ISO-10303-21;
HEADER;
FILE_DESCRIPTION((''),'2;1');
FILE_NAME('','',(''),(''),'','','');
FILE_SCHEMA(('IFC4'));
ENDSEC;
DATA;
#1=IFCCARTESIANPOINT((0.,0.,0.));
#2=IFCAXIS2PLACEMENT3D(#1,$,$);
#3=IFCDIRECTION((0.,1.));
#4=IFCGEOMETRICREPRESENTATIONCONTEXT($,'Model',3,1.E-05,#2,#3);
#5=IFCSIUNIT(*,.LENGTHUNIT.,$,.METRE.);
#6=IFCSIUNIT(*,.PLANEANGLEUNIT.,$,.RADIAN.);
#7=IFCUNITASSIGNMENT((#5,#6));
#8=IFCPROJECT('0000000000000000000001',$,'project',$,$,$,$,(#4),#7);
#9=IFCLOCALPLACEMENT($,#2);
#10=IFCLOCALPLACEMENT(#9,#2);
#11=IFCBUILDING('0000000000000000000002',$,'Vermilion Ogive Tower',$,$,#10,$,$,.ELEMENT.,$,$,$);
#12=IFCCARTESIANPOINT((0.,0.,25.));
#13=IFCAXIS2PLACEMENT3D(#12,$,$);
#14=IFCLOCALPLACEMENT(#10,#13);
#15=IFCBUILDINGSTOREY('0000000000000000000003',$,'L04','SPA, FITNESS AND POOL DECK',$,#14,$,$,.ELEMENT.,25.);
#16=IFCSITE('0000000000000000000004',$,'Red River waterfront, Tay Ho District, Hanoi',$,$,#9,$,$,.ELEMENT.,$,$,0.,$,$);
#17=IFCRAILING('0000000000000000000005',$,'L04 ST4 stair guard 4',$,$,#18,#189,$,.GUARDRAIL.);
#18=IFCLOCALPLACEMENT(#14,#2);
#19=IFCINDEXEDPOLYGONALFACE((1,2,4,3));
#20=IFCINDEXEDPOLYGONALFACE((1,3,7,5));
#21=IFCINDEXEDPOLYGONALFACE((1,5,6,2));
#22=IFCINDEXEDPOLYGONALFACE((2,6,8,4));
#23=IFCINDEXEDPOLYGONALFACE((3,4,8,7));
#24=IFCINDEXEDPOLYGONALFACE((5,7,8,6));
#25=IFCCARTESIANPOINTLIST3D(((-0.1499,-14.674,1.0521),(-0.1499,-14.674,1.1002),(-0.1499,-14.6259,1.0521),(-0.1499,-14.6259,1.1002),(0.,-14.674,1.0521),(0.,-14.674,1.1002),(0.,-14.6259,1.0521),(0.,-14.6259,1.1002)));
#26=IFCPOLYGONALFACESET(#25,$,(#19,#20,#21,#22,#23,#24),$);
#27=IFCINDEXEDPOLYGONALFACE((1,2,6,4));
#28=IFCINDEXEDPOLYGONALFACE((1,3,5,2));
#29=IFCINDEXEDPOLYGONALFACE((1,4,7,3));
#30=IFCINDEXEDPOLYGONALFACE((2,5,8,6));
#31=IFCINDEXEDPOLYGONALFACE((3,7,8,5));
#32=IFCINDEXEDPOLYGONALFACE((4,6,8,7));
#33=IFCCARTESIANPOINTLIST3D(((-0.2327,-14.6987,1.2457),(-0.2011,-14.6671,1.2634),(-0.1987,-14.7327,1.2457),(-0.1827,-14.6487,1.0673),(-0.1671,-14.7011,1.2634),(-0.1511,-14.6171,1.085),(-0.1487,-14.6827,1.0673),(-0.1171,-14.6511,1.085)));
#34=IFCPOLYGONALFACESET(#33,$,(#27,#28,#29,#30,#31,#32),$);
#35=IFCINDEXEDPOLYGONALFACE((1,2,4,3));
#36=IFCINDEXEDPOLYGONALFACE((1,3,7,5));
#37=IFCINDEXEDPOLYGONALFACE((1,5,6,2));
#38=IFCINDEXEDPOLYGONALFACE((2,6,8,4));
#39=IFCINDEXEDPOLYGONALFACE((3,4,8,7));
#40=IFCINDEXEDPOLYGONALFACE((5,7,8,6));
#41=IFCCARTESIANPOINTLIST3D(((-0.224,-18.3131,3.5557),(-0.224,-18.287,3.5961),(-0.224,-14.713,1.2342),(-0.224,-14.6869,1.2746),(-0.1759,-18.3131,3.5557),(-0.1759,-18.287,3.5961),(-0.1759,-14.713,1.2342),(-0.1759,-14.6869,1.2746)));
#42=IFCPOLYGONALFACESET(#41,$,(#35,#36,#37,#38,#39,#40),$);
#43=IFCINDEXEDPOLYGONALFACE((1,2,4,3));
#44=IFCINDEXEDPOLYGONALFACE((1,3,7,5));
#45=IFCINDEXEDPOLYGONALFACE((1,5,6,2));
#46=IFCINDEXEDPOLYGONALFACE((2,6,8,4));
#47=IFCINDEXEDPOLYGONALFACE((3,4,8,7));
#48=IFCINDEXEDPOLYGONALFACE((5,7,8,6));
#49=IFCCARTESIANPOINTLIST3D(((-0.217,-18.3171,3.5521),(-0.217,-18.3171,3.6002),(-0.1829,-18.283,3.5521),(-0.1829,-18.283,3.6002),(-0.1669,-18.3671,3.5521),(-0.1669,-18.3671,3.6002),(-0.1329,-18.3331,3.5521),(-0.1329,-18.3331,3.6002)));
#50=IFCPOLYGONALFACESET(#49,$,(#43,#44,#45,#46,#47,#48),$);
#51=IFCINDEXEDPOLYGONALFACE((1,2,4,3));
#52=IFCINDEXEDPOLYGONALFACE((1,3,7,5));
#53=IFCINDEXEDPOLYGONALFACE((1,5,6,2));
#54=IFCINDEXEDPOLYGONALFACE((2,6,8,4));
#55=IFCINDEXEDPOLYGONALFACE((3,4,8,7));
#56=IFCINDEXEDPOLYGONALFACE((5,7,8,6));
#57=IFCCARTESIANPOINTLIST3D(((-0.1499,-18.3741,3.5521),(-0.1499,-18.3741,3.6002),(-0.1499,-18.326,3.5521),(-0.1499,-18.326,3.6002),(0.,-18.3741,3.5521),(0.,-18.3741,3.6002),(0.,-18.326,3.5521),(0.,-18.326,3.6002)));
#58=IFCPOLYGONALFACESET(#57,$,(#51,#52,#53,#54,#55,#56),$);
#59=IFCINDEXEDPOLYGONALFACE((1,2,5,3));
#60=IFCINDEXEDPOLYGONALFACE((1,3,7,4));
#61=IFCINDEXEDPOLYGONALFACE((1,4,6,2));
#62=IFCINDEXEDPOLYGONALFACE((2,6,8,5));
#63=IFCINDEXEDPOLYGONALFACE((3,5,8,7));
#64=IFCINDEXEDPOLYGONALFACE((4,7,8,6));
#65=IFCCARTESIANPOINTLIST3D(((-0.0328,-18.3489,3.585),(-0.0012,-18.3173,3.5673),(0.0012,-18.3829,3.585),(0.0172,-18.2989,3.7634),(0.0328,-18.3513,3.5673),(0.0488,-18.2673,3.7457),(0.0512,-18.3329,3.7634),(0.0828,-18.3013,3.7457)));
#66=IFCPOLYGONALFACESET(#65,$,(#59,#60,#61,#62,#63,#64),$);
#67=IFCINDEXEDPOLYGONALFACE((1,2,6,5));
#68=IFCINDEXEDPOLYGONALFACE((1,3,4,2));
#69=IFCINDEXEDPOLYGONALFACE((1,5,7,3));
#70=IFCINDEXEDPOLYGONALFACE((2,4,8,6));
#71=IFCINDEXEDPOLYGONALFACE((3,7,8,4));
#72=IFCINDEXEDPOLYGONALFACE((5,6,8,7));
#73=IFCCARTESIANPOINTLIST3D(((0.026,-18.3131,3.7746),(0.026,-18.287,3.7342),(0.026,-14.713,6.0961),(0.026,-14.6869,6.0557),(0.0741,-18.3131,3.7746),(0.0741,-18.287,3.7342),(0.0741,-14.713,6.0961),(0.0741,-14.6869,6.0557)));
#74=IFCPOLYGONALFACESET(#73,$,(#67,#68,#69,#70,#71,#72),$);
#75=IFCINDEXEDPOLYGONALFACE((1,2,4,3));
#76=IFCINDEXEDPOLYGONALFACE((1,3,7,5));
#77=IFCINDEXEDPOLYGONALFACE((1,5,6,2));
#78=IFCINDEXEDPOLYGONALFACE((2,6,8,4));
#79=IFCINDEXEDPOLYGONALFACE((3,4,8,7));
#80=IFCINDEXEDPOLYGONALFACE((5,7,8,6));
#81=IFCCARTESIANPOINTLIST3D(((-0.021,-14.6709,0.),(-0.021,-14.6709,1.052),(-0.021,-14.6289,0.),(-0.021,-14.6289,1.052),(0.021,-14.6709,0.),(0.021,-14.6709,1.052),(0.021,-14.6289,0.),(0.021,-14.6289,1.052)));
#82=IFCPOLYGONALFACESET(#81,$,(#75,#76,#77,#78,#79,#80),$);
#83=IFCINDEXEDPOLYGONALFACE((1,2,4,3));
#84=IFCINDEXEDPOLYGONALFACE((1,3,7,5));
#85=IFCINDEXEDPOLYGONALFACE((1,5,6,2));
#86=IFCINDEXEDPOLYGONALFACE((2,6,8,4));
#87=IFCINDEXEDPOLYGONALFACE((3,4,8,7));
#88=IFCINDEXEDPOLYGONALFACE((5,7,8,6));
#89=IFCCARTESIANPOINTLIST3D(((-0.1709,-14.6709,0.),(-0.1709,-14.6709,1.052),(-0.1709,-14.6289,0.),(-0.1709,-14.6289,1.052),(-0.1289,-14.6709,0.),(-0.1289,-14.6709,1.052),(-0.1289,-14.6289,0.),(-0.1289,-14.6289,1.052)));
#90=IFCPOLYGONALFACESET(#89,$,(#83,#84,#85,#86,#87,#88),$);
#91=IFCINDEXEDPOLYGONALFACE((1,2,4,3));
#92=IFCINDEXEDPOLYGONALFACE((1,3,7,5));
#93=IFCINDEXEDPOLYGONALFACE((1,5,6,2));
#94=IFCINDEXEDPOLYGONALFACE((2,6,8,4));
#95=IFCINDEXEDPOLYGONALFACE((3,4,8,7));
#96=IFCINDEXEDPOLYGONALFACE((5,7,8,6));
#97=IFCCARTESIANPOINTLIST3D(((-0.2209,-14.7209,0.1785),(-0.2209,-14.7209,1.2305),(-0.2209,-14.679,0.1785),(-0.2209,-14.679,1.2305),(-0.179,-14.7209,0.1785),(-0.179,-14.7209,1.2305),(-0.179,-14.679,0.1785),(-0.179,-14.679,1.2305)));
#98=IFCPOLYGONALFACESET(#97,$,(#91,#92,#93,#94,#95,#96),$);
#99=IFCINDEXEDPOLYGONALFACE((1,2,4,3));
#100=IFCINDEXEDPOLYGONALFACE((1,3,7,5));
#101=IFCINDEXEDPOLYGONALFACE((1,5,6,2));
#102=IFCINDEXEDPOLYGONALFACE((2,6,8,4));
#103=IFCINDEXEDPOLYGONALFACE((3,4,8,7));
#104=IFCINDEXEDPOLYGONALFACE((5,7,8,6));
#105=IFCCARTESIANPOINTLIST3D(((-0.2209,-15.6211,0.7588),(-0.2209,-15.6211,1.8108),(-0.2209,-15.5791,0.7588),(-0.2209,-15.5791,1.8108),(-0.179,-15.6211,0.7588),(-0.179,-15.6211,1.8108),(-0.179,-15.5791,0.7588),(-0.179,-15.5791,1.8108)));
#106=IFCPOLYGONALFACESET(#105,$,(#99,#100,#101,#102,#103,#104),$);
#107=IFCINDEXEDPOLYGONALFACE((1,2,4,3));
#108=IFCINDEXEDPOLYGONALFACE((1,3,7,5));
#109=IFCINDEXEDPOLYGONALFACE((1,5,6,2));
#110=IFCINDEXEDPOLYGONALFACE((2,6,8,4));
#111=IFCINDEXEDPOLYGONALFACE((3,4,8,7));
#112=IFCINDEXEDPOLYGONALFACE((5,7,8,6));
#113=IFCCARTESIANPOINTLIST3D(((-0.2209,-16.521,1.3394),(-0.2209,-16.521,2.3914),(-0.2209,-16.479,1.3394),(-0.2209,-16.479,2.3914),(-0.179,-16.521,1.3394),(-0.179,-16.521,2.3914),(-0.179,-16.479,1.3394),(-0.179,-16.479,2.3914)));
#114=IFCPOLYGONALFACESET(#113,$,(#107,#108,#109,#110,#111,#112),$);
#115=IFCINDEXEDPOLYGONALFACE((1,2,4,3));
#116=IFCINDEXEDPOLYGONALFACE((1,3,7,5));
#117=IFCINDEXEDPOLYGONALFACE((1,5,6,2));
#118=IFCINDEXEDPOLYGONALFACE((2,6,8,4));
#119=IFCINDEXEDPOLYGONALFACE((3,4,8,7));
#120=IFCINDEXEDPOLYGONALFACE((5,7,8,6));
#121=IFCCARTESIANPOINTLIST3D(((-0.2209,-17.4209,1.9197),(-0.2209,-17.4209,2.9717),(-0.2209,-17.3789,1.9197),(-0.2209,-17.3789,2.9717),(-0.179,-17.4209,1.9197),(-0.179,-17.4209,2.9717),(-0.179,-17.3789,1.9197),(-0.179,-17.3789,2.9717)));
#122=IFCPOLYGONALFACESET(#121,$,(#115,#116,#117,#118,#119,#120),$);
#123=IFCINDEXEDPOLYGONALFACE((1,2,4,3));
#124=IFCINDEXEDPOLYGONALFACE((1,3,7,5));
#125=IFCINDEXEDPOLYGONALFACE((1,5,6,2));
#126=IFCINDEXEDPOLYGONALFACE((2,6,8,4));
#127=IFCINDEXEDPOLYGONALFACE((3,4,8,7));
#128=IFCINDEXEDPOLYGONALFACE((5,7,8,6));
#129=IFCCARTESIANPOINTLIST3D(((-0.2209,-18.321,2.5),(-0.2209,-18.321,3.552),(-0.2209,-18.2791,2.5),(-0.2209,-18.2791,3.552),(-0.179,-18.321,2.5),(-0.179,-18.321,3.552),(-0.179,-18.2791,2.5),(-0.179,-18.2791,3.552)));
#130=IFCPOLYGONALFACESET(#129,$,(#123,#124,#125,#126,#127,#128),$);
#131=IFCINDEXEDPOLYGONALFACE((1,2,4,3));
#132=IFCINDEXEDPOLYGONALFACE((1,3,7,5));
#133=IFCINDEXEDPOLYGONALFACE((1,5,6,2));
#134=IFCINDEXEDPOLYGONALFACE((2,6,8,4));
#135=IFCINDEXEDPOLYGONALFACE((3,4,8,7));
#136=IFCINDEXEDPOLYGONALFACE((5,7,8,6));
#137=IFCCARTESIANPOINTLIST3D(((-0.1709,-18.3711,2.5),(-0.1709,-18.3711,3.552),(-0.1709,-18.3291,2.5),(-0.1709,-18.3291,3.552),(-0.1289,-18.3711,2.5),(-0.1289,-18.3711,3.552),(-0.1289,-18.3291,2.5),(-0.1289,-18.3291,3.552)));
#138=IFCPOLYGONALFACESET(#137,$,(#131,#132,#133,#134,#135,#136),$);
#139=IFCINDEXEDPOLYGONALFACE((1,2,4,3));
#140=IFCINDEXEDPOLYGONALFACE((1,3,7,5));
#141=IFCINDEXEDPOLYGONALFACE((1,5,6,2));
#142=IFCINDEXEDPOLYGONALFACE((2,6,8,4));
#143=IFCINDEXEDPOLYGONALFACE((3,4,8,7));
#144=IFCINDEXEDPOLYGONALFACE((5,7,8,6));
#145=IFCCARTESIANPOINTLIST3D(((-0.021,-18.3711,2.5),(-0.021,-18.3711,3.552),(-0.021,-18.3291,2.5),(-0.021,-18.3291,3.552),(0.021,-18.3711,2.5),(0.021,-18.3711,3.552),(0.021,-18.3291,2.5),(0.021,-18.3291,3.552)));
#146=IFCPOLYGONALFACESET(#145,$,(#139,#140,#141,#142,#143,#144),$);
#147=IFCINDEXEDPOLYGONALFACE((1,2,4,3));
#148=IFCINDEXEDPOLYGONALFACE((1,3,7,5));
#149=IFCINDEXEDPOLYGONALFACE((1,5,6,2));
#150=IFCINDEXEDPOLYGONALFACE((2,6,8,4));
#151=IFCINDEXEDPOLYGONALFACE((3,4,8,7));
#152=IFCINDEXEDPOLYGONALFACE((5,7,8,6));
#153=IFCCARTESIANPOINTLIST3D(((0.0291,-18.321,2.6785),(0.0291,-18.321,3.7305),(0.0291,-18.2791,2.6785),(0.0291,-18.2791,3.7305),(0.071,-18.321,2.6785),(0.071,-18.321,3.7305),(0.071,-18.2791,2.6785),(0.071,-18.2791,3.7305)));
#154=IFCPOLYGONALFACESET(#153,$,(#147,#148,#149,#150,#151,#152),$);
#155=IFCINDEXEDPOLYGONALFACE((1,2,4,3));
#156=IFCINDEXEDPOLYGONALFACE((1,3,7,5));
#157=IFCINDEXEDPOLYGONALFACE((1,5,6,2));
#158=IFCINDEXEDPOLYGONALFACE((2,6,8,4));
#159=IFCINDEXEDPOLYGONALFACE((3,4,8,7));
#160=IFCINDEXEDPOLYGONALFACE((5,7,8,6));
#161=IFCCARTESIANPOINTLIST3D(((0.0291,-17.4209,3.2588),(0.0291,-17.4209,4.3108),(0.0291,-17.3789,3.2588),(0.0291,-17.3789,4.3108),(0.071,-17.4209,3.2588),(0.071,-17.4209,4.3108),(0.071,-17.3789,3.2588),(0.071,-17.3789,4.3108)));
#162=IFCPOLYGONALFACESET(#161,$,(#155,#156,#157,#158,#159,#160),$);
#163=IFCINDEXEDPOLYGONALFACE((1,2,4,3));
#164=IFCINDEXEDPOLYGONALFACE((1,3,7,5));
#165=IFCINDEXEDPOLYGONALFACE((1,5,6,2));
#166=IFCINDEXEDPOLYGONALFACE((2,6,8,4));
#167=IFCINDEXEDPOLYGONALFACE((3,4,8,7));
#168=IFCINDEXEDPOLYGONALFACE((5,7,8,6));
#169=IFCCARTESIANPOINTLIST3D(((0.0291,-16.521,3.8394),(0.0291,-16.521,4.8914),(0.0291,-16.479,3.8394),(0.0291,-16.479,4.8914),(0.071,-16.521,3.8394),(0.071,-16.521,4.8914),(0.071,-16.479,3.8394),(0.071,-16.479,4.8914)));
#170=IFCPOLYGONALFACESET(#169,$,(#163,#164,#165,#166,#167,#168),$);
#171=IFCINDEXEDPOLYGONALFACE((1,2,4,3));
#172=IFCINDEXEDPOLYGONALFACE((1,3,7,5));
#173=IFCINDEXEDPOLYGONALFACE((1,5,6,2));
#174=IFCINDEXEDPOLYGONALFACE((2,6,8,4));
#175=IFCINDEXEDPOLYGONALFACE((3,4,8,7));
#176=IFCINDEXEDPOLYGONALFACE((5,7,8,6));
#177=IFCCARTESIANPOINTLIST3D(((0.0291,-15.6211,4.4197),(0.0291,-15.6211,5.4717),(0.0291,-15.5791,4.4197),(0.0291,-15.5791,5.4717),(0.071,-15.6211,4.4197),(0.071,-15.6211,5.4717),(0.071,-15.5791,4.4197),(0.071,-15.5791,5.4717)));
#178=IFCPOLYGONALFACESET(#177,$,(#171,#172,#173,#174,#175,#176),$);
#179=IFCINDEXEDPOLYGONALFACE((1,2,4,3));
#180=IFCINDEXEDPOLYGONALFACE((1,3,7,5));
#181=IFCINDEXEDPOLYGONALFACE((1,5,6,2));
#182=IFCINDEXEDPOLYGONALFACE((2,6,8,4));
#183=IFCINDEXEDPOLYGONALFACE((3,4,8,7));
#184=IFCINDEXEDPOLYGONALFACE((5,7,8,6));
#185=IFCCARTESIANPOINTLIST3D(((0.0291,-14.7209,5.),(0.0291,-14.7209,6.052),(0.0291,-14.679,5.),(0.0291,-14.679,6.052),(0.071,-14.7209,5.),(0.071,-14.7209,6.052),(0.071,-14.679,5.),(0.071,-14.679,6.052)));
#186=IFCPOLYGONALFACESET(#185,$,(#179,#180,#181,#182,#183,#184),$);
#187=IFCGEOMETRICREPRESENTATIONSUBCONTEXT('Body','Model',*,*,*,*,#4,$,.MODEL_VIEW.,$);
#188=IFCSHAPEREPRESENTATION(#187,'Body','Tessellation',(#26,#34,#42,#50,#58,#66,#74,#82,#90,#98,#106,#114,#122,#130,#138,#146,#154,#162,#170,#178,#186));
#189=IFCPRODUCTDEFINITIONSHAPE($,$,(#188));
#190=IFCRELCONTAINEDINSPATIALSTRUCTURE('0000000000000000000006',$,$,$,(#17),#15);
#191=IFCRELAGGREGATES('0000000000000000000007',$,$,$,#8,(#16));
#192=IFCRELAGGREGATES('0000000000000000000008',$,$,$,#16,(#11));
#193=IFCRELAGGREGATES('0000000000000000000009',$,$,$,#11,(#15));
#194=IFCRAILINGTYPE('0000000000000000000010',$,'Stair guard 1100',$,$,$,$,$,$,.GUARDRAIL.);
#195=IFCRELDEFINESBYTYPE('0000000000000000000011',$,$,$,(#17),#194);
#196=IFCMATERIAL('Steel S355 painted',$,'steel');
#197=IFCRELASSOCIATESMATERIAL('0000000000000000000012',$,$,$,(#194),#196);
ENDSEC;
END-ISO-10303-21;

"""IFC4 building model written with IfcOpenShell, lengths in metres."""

from ifc_helpers import new_model, si_unit, direction, frame, origin, origin_2d, place, context, subcontext, project, spatial, rectangle, extrude, material, type_object, element, save


model = new_model("IFC4")

# Units and contexts
model_context = context("Model", 3, precision=1e-05, world=origin(), true_north=direction((0.0, 1.0)))
body_context = subcontext(model_context, "Body", "Model", "MODEL_VIEW")
ifc_project = project(units=[si_unit("LENGTHUNIT", "METRE"), si_unit("PLANEANGLEUNIT", "RADIAN")], contexts=[model_context])

# Site, building, storey
site_placement = place(None, origin())
site = spatial("IfcSite", under=ifc_project, at=site_placement, Name="Red River waterfront, Tay Ho District, Hanoi", CompositionType="ELEMENT", RefElevation=0.0)
building_placement = place(site_placement, origin())
building = spatial("IfcBuilding", under=site, at=building_placement, Name="Vermilion Ogive Tower", CompositionType="ELEMENT")
storey_placement = place(building_placement, frame((0.0, 0.0, 25.0)))
storey = spatial("IfcBuildingStorey", under=building, at=storey_placement, Name="L04", Description="SPA, FITNESS AND POOL DECK", CompositionType="ELEMENT", Elevation=25.0)

# Railing
ifc_material_1 = material(Name="Steel S355 painted", Category="steel")
railing_type_1 = type_object("IfcRailingType", Name="Stair guard 1100", PredefinedType="GUARDRAIL", material=ifc_material_1)
railing_1_placement = place(storey_placement, frame((0.0, -14.6499, 0.0)))
element("IfcRailing", 1, at=railing_1_placement, inside=storey, type_object=railing_type_1, Name="L04 ST4 stair guard 4", PredefinedType="GUARDRAIL", context=body_context, shape_type="SweptSolid", body=[
    extrude(rectangle(XDim=0.0481, YDim=0.0481, at=origin_2d()), frame((0.0, 0.0, 1.0762), z_axis=(-1.0, 0.0, 0.0), x_axis=(0.0, -1.0, 0.0)), (0.0, 0.0, 1.0), 0.1499),
    extrude(rectangle(XDim=0.0481, YDim=0.0481, at=origin_2d()), frame((-0.1499, 0.0, 1.0762), z_axis=(-0.260685, -0.260685, 0.929563), x_axis=(0.707107, -0.707107, 0.0)), (0.0, 0.0, 1.0), 0.1919),
    extrude(rectangle(XDim=0.0481, YDim=0.0481, at=origin_2d()), frame((-0.2, -0.05, 1.2544), z_axis=(0.0, -0.840415, 0.541944), x_axis=(1.0, 0.0, 0.0)), (0.0, 0.0, 1.0), 4.2837),
    extrude(rectangle(XDim=0.0481, YDim=0.0481, at=origin_2d()), frame((-0.2, -3.6501, 3.5762), z_axis=(0.707107, -0.707107, 0.0), x_axis=(0.707107, 0.707107, 0.0)), (0.0, 0.0, 1.0), 0.0708),
    extrude(rectangle(XDim=0.0481, YDim=0.0481, at=origin_2d()), frame((-0.1499, -3.7002, 3.5762), z_axis=(1.0, 0.0, 0.0), x_axis=(0.0, 1.0, 0.0)), (0.0, 0.0, 1.0), 0.1499),
    extrude(rectangle(XDim=0.0481, YDim=0.0481, at=origin_2d()), frame((0.0, -3.7002, 3.5762), z_axis=(0.260685, 0.260685, 0.929563), x_axis=(-0.707107, 0.707107, 0.0)), (0.0, 0.0, 1.0), 0.1919),
    extrude(rectangle(XDim=0.0481, YDim=0.0481, at=origin_2d()), frame((0.05, -3.6501, 3.7544), z_axis=(0.0, 0.840415, 0.541944), x_axis=(-1.0, 0.0, 0.0)), (0.0, 0.0, 1.0), 4.2837),
    extrude(rectangle(XDim=0.042, YDim=0.042, at=origin_2d()), origin(), (0.0, 0.0, 1.0), 1.052),
    extrude(rectangle(XDim=0.042, YDim=0.042, at=origin_2d()), frame((-0.1499, 0.0, 0.0)), (0.0, 0.0, 1.0), 1.052),
    extrude(rectangle(XDim=0.042, YDim=0.042, at=origin_2d()), frame((-0.2, -0.05, 0.1785)), (0.0, 0.0, 1.0), 1.052),
    extrude(rectangle(XDim=0.042, YDim=0.042, at=origin_2d()), frame((-0.2, -0.9502, 0.7588)), (0.0, 0.0, 1.0), 1.052),
    extrude(rectangle(XDim=0.042, YDim=0.042, at=origin_2d()), frame((-0.2, -1.8501, 1.3394)), (0.0, 0.0, 1.0), 1.052),
    extrude(rectangle(XDim=0.042, YDim=0.042, at=origin_2d()), frame((-0.2, -2.75, 1.9197)), (0.0, 0.0, 1.0), 1.052),
    extrude(rectangle(XDim=0.042, YDim=0.042, at=origin_2d()), frame((-0.2, -3.6501, 2.5)), (0.0, 0.0, 1.0), 1.052),
    extrude(rectangle(XDim=0.042, YDim=0.042, at=origin_2d()), frame((-0.1499, -3.7002, 2.5)), (0.0, 0.0, 1.0), 1.052),
    extrude(rectangle(XDim=0.042, YDim=0.042, at=origin_2d()), frame((0.0, -3.7002, 2.5)), (0.0, 0.0, 1.0), 1.052),
    extrude(rectangle(XDim=0.042, YDim=0.042, at=origin_2d()), frame((0.05, -3.6501, 2.6785)), (0.0, 0.0, 1.0), 1.052),
    extrude(rectangle(XDim=0.042, YDim=0.042, at=origin_2d()), frame((0.05, -2.75, 3.2588)), (0.0, 0.0, 1.0), 1.052),
    extrude(rectangle(XDim=0.042, YDim=0.042, at=origin_2d()), frame((0.05, -1.8501, 3.8394)), (0.0, 0.0, 1.0), 1.052),
    extrude(rectangle(XDim=0.042, YDim=0.042, at=origin_2d()), frame((0.05, -0.9502, 4.4197)), (0.0, 0.0, 1.0), 1.052),
    extrude(rectangle(XDim=0.042, YDim=0.042, at=origin_2d()), frame((0.05, -0.05, 5.0)), (0.0, 0.0, 1.0), 1.052),
])

save(model, "model.ifc")
